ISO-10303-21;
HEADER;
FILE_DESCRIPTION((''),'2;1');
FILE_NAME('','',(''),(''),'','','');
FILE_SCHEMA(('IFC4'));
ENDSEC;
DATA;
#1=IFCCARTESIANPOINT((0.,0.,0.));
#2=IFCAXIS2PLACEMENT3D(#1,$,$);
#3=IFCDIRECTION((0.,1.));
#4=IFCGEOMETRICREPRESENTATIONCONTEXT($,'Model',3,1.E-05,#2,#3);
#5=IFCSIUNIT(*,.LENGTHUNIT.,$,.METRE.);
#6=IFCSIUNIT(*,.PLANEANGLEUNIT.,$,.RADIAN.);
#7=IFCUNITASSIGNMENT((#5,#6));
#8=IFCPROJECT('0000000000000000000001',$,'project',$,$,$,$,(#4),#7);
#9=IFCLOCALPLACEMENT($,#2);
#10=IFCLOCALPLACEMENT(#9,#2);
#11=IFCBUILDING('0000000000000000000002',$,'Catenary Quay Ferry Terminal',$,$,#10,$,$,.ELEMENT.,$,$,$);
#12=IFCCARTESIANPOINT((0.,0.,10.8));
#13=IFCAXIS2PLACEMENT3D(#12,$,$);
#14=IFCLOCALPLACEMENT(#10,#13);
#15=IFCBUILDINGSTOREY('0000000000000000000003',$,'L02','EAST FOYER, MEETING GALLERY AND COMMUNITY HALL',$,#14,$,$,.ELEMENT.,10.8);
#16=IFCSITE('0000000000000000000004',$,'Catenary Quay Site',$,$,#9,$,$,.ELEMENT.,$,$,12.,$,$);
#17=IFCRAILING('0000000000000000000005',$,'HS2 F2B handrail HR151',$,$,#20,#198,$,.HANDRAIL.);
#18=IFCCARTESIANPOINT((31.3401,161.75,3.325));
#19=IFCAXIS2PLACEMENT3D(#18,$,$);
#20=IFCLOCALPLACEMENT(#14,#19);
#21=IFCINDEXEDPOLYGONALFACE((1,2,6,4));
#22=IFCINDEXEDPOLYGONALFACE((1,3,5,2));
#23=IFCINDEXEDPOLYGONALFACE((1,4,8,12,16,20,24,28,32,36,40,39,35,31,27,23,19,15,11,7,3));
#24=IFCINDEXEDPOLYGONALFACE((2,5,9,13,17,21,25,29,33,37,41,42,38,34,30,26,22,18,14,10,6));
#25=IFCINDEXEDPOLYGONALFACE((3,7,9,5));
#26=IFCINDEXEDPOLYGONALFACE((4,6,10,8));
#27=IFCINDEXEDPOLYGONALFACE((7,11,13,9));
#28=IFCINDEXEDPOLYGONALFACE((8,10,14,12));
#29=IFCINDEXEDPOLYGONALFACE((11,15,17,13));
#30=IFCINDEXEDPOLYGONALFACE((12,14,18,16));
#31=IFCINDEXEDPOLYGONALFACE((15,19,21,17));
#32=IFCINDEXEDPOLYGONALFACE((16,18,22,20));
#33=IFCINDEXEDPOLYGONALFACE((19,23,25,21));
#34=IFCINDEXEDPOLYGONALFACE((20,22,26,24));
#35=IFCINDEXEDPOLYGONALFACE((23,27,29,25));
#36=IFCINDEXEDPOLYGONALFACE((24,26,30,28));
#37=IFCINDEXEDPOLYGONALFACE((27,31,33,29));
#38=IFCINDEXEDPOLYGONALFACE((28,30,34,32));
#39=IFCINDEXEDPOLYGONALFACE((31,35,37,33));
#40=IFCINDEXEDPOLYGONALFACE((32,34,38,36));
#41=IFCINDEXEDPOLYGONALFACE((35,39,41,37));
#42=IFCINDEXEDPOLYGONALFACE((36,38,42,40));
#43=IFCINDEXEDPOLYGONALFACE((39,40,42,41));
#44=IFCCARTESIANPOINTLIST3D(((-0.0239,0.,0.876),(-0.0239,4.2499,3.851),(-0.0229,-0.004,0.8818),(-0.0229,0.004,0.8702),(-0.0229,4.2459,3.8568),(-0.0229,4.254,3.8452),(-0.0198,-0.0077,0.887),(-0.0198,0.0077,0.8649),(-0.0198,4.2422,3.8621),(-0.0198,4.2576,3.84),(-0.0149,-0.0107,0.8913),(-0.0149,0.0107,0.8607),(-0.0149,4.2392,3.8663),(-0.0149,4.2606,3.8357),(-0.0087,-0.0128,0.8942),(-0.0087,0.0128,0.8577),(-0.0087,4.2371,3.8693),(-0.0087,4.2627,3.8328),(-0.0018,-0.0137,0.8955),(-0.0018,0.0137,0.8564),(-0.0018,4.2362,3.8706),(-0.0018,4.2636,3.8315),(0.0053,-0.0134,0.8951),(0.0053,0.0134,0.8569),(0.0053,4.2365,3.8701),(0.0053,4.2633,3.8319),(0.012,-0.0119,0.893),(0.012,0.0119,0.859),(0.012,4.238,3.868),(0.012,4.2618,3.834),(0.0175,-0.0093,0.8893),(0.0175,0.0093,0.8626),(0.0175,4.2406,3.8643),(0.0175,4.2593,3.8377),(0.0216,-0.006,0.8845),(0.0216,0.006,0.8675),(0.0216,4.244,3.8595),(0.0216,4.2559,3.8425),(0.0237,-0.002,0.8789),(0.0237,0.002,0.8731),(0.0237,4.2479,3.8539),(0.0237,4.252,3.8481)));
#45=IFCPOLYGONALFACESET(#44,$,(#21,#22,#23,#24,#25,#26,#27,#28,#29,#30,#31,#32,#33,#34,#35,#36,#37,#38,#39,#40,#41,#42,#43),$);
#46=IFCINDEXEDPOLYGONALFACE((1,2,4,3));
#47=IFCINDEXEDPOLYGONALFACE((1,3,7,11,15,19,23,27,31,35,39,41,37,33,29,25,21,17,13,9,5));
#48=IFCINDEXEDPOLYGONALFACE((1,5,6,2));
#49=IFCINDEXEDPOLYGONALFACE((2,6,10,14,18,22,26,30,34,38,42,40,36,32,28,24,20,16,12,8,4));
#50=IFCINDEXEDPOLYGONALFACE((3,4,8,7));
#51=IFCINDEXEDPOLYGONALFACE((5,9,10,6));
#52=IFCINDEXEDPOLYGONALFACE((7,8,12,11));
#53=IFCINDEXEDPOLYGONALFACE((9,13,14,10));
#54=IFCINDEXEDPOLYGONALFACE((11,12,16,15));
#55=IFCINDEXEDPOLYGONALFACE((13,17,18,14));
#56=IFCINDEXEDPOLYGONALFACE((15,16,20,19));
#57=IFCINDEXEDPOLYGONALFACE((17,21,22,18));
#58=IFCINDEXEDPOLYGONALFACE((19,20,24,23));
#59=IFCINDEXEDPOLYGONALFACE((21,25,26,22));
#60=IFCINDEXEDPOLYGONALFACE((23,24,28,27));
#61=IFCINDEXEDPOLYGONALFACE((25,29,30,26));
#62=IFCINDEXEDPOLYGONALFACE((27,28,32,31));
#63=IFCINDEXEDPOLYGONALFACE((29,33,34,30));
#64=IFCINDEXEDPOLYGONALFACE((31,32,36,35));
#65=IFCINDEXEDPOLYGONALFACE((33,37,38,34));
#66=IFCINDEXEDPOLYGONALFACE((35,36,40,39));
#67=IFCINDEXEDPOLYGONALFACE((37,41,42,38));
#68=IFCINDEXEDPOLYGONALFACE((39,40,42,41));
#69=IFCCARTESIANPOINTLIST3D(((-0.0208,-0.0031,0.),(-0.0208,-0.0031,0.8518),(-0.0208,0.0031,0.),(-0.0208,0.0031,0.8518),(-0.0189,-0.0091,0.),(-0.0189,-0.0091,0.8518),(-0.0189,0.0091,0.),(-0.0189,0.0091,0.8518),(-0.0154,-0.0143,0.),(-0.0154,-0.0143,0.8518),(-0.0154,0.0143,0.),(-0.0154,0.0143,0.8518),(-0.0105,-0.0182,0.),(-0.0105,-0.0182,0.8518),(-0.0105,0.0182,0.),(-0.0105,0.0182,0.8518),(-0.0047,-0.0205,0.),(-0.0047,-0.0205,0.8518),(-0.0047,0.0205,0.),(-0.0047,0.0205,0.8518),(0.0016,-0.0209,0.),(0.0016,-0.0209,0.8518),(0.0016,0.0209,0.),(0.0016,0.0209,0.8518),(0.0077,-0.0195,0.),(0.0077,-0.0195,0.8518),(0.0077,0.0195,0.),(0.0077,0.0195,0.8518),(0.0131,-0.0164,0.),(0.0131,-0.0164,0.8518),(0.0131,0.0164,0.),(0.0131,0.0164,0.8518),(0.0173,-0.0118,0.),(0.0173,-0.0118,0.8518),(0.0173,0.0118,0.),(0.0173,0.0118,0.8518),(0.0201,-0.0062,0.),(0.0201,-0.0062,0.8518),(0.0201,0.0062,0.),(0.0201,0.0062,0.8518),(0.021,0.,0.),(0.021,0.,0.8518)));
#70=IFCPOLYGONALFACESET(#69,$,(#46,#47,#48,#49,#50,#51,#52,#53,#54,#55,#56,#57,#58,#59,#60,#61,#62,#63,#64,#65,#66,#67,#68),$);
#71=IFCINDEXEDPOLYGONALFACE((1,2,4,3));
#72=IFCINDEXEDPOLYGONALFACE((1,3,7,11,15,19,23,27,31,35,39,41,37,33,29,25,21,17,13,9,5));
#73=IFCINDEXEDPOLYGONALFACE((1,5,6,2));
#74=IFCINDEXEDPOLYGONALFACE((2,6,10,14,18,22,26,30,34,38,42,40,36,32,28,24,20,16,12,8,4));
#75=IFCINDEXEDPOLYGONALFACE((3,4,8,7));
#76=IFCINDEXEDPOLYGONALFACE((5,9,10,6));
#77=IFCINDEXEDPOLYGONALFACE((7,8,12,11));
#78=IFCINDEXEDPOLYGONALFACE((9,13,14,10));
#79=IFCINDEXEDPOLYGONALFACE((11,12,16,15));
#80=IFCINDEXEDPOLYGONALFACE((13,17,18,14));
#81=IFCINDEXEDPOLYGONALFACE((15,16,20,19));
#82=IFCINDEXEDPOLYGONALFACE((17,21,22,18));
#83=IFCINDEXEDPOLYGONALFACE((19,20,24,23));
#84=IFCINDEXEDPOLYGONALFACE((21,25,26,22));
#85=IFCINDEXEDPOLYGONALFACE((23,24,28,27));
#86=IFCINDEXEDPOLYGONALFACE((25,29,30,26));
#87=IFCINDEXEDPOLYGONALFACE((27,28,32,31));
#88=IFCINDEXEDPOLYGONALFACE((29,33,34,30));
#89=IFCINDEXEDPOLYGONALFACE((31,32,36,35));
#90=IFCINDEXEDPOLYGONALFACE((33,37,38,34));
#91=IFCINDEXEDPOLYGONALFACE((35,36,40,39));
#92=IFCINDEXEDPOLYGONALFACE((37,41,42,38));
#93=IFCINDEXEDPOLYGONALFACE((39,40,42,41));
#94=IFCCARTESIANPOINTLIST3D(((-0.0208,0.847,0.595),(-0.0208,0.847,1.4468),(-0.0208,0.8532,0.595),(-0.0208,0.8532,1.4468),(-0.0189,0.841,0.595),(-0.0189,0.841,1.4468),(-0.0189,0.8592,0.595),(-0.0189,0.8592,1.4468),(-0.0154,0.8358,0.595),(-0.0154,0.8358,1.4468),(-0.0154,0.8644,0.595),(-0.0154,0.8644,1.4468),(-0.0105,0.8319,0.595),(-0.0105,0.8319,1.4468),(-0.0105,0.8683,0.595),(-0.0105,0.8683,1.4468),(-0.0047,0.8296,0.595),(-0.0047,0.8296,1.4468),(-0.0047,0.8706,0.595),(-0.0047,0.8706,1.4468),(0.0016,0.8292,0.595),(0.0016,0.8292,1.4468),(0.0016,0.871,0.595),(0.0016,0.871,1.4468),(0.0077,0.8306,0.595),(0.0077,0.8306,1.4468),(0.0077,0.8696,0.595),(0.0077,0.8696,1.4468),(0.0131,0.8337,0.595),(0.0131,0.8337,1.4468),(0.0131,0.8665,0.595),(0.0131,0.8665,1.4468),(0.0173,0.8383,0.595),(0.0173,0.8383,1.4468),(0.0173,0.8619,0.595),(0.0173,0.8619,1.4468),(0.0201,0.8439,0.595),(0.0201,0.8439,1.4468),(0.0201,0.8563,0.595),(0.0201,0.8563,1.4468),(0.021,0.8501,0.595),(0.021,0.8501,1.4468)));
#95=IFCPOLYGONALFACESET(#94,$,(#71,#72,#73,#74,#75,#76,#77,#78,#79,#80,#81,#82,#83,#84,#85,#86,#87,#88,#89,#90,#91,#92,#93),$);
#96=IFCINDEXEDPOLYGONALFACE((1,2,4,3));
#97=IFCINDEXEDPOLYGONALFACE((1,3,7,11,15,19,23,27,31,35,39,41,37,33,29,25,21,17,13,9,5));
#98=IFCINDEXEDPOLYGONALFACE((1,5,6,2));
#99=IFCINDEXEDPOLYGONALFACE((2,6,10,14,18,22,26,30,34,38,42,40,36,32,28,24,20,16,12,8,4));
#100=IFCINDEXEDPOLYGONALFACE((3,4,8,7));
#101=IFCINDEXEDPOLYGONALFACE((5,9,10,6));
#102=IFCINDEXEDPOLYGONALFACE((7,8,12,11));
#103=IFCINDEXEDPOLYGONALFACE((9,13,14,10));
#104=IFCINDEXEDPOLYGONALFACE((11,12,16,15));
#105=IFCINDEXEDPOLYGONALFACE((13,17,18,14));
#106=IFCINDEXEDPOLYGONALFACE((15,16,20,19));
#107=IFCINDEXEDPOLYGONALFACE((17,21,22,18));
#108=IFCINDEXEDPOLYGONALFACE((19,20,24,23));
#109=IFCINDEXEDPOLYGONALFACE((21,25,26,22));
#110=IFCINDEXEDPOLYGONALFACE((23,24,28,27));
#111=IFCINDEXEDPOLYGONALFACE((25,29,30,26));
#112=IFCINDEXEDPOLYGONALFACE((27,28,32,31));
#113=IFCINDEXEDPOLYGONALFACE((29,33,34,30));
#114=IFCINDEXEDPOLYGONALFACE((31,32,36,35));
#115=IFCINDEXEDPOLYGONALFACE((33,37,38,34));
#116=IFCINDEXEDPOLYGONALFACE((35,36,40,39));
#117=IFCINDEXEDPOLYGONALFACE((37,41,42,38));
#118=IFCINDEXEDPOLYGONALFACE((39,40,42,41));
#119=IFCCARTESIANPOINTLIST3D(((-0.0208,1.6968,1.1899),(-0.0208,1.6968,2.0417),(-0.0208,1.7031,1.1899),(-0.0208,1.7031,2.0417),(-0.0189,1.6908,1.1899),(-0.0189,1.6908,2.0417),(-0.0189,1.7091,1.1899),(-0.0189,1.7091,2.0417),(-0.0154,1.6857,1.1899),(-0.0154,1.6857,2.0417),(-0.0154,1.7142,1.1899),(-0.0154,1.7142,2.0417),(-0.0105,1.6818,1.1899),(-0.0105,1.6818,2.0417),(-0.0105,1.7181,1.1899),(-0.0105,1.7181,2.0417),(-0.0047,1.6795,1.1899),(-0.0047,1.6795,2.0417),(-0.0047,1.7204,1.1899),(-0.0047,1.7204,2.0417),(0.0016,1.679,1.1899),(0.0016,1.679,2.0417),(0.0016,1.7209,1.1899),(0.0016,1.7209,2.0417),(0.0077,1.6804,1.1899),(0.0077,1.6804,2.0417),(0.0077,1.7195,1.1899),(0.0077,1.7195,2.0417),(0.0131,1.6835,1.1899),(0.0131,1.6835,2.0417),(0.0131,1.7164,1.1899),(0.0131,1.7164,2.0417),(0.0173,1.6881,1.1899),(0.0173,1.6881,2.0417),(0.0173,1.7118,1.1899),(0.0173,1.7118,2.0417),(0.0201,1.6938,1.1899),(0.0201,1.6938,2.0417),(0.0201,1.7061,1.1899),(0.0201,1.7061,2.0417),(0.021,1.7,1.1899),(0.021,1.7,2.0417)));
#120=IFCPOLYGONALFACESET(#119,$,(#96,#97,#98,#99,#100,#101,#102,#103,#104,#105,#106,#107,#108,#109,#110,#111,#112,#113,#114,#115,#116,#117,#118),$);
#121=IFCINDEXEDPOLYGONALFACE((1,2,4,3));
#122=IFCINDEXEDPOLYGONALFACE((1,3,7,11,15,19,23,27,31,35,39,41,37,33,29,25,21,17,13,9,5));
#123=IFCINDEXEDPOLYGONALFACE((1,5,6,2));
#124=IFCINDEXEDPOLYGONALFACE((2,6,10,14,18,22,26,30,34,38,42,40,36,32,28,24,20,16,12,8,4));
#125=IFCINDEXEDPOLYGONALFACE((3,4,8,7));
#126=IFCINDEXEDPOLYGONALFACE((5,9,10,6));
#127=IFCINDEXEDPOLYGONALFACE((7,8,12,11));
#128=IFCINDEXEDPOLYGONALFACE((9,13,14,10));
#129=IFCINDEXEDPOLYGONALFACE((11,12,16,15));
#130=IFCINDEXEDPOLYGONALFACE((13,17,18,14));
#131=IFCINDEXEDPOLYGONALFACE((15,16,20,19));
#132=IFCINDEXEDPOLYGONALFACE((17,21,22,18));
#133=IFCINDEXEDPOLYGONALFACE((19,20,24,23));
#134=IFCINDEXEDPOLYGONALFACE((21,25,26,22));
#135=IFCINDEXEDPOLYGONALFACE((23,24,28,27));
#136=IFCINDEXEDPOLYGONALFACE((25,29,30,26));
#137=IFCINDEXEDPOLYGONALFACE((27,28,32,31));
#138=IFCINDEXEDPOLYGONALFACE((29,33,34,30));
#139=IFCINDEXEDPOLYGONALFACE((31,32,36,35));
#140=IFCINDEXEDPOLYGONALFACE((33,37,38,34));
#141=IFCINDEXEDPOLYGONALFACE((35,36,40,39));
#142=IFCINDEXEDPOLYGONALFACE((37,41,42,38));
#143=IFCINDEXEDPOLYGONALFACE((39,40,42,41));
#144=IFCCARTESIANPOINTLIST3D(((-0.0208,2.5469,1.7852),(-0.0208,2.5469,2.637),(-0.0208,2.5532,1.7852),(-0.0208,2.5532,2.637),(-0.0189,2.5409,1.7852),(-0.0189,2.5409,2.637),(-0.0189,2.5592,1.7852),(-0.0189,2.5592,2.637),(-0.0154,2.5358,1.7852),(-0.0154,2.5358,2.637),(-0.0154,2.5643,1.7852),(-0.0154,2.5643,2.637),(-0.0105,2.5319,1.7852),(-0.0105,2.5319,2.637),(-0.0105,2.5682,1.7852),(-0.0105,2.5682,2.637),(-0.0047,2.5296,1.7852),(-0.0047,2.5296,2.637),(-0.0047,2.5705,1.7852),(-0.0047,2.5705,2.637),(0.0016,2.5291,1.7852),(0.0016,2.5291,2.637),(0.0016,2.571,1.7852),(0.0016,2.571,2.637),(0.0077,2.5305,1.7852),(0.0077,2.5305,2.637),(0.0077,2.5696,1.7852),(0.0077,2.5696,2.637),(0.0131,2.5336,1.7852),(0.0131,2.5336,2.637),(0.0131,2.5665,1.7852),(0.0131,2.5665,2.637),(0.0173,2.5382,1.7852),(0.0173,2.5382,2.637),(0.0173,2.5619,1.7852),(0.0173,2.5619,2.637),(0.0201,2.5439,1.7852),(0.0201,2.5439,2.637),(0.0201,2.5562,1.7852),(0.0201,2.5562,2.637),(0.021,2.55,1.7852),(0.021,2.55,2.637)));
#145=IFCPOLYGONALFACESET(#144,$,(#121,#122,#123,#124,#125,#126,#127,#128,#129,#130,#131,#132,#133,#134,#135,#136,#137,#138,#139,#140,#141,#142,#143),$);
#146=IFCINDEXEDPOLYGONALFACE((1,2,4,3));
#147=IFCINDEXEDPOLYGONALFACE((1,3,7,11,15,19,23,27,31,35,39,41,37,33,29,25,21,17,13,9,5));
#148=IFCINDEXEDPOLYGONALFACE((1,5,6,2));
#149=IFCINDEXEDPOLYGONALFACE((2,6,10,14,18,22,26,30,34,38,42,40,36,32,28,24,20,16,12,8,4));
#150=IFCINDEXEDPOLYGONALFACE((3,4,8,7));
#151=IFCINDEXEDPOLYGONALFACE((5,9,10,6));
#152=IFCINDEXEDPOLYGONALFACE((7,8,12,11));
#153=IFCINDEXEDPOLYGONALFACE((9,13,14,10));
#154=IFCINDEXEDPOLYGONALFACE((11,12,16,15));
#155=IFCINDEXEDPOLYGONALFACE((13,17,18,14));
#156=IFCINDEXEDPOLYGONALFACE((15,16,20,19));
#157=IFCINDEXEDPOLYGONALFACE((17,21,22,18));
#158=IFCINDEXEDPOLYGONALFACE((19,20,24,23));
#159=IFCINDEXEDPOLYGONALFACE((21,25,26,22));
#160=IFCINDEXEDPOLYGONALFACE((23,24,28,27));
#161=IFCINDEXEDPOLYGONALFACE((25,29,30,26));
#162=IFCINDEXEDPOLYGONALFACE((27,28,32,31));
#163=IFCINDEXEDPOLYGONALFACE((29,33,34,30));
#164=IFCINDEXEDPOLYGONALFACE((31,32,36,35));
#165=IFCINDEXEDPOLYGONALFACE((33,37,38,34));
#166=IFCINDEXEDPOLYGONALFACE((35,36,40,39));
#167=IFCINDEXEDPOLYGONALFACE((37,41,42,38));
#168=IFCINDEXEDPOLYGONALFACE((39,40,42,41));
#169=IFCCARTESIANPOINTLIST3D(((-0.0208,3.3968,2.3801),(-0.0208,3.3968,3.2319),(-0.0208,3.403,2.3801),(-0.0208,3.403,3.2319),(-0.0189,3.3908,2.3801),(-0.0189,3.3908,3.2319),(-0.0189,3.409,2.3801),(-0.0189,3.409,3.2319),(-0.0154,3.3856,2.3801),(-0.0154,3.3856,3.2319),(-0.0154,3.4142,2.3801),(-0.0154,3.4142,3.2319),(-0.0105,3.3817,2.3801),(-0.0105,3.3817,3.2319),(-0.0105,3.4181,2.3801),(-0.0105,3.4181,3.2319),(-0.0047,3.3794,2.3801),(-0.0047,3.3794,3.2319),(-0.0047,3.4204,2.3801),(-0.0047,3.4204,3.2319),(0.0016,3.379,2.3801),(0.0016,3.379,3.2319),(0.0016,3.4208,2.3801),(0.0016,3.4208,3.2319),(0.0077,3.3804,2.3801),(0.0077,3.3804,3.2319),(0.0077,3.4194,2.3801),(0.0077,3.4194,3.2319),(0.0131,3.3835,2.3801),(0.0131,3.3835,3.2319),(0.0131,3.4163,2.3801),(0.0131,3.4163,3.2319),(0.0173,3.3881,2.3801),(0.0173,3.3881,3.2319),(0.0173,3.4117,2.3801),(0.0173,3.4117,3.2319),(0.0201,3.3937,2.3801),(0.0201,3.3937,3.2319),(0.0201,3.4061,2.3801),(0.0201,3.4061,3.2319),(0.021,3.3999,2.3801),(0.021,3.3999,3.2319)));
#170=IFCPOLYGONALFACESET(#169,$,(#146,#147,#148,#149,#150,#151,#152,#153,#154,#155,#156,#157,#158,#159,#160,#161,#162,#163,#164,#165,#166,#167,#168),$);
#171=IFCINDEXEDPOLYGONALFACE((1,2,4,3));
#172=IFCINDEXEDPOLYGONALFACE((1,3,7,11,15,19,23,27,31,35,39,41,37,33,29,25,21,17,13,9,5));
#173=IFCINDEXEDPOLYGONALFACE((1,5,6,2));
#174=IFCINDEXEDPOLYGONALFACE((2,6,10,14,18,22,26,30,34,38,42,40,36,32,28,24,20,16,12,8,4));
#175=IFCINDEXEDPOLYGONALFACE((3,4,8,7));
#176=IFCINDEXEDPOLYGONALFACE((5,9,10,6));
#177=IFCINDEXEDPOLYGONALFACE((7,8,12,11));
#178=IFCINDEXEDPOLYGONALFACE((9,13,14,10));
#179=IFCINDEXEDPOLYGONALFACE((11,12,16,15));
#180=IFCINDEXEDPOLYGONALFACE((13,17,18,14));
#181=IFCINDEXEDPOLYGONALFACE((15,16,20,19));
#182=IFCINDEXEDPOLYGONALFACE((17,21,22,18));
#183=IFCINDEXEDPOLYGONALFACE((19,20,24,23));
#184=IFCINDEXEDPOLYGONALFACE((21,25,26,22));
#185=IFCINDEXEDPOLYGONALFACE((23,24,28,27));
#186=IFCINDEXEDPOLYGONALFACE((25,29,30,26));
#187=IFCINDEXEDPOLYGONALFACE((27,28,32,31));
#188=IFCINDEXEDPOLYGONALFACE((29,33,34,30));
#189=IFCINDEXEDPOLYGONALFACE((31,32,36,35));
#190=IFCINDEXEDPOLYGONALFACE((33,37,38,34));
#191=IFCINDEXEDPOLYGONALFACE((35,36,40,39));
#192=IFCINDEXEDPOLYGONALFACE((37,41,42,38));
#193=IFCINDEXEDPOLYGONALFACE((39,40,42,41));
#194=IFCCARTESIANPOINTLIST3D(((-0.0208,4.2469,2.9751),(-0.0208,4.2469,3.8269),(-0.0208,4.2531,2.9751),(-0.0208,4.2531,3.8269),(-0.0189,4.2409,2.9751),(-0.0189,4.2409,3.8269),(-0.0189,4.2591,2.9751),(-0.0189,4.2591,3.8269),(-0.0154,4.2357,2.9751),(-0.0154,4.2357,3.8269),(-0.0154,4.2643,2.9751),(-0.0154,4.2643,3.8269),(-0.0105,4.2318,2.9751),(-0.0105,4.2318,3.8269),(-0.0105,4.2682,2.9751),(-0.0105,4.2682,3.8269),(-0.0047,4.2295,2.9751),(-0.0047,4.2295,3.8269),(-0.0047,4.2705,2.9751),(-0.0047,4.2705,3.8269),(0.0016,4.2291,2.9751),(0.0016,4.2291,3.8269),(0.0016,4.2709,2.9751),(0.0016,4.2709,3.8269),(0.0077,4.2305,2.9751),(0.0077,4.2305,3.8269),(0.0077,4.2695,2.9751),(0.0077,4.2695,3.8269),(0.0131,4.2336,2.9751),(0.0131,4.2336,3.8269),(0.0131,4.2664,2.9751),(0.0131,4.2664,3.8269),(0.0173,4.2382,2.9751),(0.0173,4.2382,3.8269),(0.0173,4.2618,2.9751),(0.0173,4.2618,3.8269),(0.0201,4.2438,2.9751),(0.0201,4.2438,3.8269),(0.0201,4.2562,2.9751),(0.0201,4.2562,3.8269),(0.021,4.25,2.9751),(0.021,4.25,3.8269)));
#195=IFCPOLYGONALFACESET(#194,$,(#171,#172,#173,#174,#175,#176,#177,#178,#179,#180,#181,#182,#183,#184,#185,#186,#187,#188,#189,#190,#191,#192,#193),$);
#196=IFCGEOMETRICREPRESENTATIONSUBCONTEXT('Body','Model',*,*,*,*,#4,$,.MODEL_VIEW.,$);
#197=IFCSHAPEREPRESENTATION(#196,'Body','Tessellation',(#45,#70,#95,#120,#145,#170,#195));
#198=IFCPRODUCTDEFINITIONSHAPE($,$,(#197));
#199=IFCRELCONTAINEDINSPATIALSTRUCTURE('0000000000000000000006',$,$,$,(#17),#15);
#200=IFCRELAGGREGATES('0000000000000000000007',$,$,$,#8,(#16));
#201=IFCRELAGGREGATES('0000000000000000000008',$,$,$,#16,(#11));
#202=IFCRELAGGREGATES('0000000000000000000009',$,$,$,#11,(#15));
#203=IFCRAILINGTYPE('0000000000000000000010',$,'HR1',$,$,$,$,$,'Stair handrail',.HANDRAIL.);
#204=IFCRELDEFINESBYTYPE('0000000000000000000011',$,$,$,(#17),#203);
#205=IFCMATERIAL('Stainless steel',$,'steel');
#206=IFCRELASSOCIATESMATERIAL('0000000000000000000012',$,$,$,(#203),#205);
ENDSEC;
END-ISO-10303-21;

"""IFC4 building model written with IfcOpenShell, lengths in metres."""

from ifc_helpers import new_model, si_unit, direction, frame, origin, origin_2d, place, context, subcontext, project, spatial, circle, extrude, material, type_object, element, save


model = new_model("IFC4")

# Units and contexts
model_context = context("Model", 3, precision=1e-05, world=origin(), true_north=direction((0.0, 1.0)))
body_context = subcontext(model_context, "Body", "Model", "MODEL_VIEW")
ifc_project = project(units=[si_unit("LENGTHUNIT", "METRE"), si_unit("PLANEANGLEUNIT", "RADIAN")], contexts=[model_context])

# Site, building, storey
site_placement = place(None, origin())
site = spatial("IfcSite", under=ifc_project, at=site_placement, Name="Catenary Quay Site", CompositionType="ELEMENT", RefElevation=12.0)
building_placement = place(site_placement, origin())
building = spatial("IfcBuilding", under=site, at=building_placement, Name="Catenary Quay Ferry Terminal", CompositionType="ELEMENT")
storey_placement = place(building_placement, frame((0.0, 0.0, 10.8)))
storey = spatial("IfcBuildingStorey", under=building, at=storey_placement, Name="L02", Description="EAST FOYER, MEETING GALLERY AND COMMUNITY HALL", CompositionType="ELEMENT", Elevation=10.8)

# Railing
ifc_material_1 = material(Name="Stainless steel", Category="steel")
railing_type_1 = type_object("IfcRailingType", Name="HR1", ElementType="Stair handrail", PredefinedType="HANDRAIL", material=ifc_material_1)
for number, where, name in (
    (1, (31.3401, 161.75, 3.325), "HS2 F2B handrail HR151"),
):
    element("IfcRailing", number, at=place(storey_placement, frame(where)), inside=storey, type_object=railing_type_1, Name=name, PredefinedType="HANDRAIL", context=body_context, shape_type="SweptSolid", body=[
        extrude(circle(Radius=0.0239, at=origin_2d()), frame((0.0, 0.0, 0.876), z_axis=(0.0, 0.819223, 0.573475), x_axis=(-1.0, 0.0, 0.0)), (0.0, 0.0, 1.0), 5.1877),
        extrude(circle(Radius=0.021, at=origin_2d()), origin(), (0.0, 0.0, 1.0), 0.8518),
        extrude(circle(Radius=0.021, at=origin_2d()), frame((0.0, 0.8501, 0.595)), (0.0, 0.0, 1.0), 0.8518),
        extrude(circle(Radius=0.021, at=origin_2d()), frame((0.0, 1.7, 1.1899)), (0.0, 0.0, 1.0), 0.8518),
        extrude(circle(Radius=0.021, at=origin_2d()), frame((0.0, 2.55, 1.7852)), (0.0, 0.0, 1.0), 0.8518),
        extrude(circle(Radius=0.021, at=origin_2d()), frame((0.0, 3.3999, 2.3801)), (0.0, 0.0, 1.0), 0.8518),
        extrude(circle(Radius=0.021, at=origin_2d()), frame((0.0, 4.25, 2.9751)), (0.0, 0.0, 1.0), 0.8518),
    ])

save(model, "model.ifc")
